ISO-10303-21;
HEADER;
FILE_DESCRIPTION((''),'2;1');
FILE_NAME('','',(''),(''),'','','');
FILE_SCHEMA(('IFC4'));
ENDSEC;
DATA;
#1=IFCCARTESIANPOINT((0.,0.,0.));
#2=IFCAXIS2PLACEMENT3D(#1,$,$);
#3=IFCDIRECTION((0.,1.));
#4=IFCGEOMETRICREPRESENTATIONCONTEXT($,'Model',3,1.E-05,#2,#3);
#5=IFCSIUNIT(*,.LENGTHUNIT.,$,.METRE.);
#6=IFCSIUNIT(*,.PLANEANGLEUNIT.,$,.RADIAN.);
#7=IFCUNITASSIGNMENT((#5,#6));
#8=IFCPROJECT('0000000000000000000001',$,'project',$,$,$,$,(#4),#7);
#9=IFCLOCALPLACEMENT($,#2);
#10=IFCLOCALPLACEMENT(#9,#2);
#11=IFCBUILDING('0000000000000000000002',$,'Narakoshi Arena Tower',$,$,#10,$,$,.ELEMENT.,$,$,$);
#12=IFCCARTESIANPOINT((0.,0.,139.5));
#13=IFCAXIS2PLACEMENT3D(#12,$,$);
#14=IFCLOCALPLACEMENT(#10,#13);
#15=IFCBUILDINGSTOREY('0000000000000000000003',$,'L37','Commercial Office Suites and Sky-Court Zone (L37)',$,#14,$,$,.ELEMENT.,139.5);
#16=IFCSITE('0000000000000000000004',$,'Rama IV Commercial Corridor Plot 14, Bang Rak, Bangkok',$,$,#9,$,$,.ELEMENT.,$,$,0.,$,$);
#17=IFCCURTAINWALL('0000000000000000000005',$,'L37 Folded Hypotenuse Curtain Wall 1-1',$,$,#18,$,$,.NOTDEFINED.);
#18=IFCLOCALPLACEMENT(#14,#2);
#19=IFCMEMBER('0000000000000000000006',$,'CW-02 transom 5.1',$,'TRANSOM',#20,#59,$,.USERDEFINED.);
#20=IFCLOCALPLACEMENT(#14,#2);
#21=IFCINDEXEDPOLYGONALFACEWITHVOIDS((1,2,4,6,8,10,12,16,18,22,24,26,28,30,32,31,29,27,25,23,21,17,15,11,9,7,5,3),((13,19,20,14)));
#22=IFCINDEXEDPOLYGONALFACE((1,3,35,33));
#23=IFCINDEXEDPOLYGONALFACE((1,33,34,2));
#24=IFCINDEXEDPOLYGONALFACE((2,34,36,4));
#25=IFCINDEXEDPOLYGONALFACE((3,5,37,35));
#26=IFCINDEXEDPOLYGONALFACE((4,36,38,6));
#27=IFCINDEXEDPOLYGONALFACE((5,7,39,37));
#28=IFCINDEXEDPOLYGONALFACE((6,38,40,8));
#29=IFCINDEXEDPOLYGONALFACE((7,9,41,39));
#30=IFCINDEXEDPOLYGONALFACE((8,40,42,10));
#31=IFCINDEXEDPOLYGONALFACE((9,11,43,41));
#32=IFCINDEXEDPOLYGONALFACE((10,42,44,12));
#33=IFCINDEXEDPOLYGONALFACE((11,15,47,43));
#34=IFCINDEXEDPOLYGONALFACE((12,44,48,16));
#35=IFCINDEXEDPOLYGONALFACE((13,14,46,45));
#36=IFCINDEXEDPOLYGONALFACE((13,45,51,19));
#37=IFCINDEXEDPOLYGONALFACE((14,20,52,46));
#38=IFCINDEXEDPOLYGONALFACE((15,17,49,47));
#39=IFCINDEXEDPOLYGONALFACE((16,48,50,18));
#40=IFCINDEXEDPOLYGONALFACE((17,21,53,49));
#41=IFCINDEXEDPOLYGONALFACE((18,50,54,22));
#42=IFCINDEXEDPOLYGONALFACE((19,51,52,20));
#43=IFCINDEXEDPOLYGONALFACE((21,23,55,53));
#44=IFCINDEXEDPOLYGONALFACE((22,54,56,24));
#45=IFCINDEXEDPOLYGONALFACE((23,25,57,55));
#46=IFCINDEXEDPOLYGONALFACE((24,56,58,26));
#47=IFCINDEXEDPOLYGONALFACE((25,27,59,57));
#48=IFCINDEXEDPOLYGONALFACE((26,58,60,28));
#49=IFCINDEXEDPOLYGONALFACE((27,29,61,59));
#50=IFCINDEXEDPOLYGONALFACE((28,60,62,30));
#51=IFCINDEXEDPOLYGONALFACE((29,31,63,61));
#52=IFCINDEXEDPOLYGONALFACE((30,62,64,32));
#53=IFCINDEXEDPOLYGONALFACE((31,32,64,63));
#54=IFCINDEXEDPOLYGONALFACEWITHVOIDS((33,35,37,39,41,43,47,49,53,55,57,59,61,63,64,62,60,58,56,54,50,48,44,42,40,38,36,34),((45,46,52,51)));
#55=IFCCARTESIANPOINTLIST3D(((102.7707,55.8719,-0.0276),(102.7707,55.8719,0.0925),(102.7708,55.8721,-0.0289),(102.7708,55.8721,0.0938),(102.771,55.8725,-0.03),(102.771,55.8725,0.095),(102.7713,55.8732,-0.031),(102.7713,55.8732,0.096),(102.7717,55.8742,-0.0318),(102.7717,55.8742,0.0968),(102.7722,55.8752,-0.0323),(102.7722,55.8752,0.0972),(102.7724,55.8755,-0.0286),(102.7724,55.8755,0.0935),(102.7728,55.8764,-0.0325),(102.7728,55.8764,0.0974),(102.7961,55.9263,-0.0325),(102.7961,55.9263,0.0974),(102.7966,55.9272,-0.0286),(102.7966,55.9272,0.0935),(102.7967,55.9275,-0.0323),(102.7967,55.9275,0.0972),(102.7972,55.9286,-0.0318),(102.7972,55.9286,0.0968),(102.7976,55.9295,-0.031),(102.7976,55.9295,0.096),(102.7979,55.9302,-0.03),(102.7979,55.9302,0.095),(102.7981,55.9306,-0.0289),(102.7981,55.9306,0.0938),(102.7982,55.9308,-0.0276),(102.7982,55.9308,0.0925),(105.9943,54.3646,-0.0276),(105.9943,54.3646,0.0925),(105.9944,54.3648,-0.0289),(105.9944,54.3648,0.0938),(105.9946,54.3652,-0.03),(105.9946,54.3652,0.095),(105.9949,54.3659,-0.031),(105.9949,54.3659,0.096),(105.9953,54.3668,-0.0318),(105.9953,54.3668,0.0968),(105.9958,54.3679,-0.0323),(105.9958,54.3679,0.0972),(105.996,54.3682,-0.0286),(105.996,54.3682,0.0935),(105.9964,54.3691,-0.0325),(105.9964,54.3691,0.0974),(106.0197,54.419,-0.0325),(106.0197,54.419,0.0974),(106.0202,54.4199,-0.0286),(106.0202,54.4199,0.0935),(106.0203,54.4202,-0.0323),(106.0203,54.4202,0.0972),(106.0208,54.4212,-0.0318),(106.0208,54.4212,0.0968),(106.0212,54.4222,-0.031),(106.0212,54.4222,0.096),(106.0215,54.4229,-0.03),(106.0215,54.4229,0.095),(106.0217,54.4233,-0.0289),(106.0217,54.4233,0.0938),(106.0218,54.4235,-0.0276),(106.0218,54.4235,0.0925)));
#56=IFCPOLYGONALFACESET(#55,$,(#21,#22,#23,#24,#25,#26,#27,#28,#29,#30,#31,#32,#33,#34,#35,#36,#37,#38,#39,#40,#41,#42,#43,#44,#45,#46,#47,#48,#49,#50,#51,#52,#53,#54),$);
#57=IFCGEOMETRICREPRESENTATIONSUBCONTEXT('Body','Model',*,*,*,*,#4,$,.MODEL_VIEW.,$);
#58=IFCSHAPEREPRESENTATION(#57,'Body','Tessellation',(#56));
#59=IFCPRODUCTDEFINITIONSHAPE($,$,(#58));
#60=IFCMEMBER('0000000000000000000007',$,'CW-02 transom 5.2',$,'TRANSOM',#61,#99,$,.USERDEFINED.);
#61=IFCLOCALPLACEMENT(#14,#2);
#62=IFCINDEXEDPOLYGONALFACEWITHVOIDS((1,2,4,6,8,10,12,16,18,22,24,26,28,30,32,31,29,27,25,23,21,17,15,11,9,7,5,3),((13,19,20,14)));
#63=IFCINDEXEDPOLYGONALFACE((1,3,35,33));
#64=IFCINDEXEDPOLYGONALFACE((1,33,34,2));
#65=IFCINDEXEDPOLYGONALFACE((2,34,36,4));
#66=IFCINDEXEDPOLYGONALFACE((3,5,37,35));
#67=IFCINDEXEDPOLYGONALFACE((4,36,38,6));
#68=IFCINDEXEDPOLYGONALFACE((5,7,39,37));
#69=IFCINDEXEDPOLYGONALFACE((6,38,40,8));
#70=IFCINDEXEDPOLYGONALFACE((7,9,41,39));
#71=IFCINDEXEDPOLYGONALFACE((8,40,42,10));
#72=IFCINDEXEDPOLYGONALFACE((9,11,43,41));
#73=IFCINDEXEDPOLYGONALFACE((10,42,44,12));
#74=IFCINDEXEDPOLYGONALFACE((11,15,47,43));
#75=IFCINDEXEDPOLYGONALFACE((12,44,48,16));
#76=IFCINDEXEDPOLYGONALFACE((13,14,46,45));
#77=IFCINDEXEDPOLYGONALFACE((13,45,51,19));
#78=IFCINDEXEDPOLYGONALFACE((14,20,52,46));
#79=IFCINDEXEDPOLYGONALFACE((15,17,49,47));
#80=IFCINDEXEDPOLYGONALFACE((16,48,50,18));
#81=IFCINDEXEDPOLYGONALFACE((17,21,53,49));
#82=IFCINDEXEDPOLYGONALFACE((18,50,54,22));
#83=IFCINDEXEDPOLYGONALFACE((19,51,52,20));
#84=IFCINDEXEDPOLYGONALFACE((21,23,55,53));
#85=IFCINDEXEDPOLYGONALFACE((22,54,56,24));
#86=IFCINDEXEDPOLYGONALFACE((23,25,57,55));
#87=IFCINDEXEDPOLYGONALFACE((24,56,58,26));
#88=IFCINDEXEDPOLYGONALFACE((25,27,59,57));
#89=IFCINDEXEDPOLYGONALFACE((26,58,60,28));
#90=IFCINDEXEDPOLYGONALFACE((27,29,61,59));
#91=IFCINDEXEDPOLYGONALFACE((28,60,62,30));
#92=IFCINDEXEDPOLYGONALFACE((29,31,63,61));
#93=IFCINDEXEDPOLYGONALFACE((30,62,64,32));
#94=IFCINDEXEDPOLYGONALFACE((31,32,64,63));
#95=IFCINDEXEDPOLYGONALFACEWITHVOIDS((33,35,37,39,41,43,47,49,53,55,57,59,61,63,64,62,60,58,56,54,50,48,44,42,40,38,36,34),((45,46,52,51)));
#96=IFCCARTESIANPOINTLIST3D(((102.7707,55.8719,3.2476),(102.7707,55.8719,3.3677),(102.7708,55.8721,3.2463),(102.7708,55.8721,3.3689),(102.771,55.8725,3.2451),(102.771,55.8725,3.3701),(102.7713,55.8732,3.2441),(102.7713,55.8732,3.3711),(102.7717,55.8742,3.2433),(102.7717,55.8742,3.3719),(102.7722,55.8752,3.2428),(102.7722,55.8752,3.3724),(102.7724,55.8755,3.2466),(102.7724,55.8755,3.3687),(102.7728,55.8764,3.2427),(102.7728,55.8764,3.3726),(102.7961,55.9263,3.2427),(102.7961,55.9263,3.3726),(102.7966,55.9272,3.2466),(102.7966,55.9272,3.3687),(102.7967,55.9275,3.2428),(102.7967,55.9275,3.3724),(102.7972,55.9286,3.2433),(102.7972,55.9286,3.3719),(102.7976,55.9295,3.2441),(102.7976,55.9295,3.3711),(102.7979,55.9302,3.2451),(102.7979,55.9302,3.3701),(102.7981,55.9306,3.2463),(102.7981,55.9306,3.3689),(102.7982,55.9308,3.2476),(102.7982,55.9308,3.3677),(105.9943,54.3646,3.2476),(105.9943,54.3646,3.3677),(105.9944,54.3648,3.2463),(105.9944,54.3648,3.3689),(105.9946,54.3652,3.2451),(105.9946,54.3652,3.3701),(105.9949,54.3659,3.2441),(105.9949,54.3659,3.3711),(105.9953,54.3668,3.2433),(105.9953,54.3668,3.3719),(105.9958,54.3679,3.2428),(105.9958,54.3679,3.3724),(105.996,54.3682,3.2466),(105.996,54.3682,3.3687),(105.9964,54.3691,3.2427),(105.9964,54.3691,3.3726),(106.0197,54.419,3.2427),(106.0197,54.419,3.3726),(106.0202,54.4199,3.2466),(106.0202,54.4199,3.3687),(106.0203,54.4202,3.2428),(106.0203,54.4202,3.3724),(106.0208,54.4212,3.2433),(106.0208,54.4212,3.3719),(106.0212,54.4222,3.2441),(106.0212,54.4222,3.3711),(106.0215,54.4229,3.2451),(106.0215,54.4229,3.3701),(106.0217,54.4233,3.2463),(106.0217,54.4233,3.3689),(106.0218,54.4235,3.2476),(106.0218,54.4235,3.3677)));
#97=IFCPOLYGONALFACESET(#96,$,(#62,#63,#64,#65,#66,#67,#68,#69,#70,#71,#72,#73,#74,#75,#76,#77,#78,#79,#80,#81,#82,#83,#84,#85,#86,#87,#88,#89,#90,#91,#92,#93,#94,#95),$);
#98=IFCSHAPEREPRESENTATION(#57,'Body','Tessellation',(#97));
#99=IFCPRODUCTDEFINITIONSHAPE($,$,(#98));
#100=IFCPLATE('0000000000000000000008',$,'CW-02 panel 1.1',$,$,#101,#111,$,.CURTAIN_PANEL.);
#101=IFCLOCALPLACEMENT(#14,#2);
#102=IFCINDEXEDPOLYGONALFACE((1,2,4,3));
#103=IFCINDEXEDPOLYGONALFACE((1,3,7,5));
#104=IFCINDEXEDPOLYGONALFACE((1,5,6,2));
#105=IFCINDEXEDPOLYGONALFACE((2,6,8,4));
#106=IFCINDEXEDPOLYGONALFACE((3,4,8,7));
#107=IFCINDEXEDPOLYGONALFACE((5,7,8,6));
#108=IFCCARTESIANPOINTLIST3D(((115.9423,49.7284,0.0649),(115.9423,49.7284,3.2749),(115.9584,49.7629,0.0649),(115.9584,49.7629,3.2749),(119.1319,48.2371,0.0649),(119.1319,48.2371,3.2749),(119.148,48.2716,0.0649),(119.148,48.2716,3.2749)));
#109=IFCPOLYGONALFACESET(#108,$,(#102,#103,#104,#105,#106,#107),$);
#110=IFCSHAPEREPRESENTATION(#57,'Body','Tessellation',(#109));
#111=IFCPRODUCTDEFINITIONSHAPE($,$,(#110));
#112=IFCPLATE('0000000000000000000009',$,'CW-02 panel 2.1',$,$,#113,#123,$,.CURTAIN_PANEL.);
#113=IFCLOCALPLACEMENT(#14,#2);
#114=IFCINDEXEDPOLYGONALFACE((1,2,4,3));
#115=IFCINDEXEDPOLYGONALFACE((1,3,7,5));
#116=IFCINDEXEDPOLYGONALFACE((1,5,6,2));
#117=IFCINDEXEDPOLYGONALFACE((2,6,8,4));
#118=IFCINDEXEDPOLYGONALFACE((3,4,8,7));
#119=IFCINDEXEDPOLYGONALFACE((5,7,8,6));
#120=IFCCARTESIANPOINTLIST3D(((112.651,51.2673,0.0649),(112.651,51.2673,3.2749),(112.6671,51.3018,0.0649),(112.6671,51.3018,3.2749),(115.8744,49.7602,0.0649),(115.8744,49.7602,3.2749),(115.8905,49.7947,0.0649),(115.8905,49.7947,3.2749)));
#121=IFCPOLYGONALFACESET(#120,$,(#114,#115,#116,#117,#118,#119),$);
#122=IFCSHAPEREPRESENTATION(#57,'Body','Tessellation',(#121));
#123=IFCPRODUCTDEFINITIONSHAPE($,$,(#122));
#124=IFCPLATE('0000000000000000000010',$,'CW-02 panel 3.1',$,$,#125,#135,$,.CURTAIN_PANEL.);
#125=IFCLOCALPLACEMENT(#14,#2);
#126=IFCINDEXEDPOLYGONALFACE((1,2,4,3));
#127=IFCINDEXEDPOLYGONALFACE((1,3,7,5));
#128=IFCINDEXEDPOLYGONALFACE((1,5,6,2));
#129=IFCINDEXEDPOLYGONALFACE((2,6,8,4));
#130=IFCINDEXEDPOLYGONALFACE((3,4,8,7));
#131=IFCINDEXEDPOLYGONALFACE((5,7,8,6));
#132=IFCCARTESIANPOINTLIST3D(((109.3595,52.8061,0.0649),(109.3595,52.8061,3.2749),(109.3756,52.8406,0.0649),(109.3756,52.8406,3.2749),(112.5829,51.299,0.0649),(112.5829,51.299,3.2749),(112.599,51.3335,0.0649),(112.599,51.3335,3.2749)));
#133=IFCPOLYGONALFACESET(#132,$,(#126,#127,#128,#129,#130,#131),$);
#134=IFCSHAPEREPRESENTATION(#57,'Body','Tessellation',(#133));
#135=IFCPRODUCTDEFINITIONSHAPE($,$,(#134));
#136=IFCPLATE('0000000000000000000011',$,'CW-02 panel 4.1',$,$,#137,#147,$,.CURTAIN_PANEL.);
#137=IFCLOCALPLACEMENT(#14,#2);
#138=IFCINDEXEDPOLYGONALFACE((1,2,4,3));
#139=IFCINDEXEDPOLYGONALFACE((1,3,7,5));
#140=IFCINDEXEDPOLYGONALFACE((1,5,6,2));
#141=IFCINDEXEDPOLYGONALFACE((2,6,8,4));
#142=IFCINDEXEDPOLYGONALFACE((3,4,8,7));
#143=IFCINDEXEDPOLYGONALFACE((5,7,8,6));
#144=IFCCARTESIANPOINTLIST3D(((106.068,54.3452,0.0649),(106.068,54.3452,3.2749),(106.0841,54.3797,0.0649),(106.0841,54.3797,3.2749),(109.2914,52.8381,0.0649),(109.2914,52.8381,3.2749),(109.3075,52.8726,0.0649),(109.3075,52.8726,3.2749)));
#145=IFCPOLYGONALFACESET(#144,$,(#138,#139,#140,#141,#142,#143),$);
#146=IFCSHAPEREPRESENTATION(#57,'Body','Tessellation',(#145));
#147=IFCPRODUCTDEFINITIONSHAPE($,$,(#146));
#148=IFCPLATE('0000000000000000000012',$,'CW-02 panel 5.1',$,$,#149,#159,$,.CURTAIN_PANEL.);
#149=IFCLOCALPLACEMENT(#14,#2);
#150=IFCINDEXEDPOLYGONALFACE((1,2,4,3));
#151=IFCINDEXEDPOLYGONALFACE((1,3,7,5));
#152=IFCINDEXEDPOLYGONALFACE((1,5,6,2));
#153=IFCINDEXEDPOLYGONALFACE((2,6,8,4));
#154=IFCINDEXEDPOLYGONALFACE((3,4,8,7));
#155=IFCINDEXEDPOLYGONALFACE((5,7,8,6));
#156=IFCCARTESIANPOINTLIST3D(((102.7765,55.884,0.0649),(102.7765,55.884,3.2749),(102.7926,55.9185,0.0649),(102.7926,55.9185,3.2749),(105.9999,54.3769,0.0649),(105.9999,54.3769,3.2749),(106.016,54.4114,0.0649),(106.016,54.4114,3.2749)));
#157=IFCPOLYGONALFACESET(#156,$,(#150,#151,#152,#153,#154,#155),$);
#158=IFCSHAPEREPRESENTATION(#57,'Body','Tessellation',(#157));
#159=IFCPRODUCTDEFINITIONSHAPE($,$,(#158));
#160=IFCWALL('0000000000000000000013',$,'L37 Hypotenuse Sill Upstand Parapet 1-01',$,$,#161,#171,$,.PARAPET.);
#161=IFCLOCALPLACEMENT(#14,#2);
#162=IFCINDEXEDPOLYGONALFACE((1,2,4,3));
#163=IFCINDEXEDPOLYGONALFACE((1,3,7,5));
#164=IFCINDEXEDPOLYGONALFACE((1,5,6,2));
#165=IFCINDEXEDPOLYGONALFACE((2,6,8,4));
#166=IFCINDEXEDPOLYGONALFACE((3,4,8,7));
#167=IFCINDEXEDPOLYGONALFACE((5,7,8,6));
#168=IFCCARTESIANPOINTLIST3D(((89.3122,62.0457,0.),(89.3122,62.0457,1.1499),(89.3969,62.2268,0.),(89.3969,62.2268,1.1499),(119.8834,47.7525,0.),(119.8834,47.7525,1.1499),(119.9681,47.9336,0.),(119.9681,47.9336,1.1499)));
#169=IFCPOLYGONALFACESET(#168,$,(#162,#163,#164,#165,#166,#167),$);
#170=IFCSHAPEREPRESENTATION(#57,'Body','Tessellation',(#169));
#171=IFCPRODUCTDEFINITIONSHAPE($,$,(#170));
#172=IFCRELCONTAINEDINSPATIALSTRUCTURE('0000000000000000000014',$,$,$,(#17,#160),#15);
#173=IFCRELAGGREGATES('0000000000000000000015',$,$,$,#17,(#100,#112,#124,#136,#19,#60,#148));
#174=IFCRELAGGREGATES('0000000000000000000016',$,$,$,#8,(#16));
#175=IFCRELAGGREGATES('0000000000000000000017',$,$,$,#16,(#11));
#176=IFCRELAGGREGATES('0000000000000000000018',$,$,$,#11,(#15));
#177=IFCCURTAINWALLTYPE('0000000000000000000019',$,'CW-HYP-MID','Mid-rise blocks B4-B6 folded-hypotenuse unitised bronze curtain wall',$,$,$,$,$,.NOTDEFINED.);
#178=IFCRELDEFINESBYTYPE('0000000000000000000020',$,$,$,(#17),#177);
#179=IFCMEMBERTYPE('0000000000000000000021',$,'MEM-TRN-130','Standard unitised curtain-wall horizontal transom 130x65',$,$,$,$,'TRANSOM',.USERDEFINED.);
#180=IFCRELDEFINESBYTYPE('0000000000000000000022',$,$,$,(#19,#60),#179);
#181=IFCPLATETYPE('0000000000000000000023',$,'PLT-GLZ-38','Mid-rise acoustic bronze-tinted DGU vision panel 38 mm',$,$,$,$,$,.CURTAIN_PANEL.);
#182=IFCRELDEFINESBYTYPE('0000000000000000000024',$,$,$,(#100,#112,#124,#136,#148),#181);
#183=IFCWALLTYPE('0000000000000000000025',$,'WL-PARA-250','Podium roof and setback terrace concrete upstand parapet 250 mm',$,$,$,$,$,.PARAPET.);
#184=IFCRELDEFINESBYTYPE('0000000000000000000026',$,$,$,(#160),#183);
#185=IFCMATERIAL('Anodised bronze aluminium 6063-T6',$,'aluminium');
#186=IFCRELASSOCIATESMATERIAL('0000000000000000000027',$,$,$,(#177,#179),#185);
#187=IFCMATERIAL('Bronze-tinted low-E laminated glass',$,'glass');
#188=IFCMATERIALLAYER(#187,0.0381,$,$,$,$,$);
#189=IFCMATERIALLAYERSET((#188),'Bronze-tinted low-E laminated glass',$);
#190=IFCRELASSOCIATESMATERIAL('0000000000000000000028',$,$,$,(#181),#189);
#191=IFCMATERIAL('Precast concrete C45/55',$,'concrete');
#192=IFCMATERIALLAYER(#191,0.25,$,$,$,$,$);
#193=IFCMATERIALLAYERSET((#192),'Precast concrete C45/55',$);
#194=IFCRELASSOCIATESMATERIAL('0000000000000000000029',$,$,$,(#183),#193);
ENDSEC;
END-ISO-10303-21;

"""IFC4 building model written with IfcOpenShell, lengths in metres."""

from ifc_helpers import new_model, si_unit, direction, frame, frame_2d, origin, origin_2d, place, context, subcontext, project, spatial, rectangle, hollow_rectangle, extrude, material, layer, layer_set, material_profile, profile_set, type_object, element, aggregate, save


model = new_model("IFC4")

# Units and contexts
model_context = context("Model", 3, precision=1e-05, world=origin(), true_north=direction((0.0, 1.0)))
body_context = subcontext(model_context, "Body", "Model", "MODEL_VIEW")
ifc_project = project(units=[si_unit("LENGTHUNIT", "METRE"), si_unit("PLANEANGLEUNIT", "RADIAN")], contexts=[model_context])

# Site, building, storey
site_placement = place(None, origin())
site = spatial("IfcSite", under=ifc_project, at=site_placement, Name="Rama IV Commercial Corridor Plot 14, Bang Rak, Bangkok", CompositionType="ELEMENT", RefElevation=0.0)
building_placement = place(site_placement, origin())
building = spatial("IfcBuilding", under=site, at=building_placement, Name="Narakoshi Arena Tower", CompositionType="ELEMENT")
storey_placement = place(building_placement, frame((0.0, 0.0, 139.5)))
storey = spatial("IfcBuildingStorey", under=building, at=storey_placement, Name="L37", Description="Commercial Office Suites and Sky-Court Zone (L37)", CompositionType="ELEMENT", Elevation=139.5)

# Curtain wall, members, plates
ifc_material_1 = material(Name="Anodised bronze aluminium 6063-T6", Category="aluminium")
curtain_wall_type = type_object("IfcCurtainWallType", Name="CW-HYP-MID", Description="Mid-rise blocks B4-B6 folded-hypotenuse unitised bronze curtain wall", PredefinedType="NOTDEFINED", material=ifc_material_1)
curtain_wall_placement = place(storey_placement, origin())
curtain_wall = element("IfcCurtainWall", 1, at=curtain_wall_placement, inside=storey, type_object=curtain_wall_type, Name="L37 Folded Hypotenuse Curtain Wall 1-1", PredefinedType="NOTDEFINED")
ifc_material_profile_1 = material_profile(ifc_material_1, hollow_rectangle(XDim=0.0649, YDim=0.1299, WallThickness=0.0039, OuterFilletRadius=0.0049, at=origin_2d()), Name="TRN130x65x4")
ifc_profile_set_1 = profile_set([ifc_material_profile_1], Name="Anodised bronze aluminium 6063-T6")
member_type_1 = type_object("IfcMemberType", Name="MEM-TRN-130", Description="Standard unitised curtain-wall horizontal transom 130x65", ElementType="TRANSOM", PredefinedType="USERDEFINED", material=ifc_profile_set_1)
member_1_placement = place(storey_placement, frame((106.0081, 54.394, 0.0325), z_axis=(-0.905864, 0.423569, 0.0), x_axis=(-0.423569, -0.905864, 0.0)))
member_1 = element("IfcMember", 2, at=member_1_placement, type_object=member_type_1, Name="CW-02 transom 5.1", ObjectType="TRANSOM", PredefinedType="USERDEFINED", context=body_context, shape_type="SweptSolid", body=[
    extrude(hollow_rectangle(XDim=0.0649, YDim=0.1299, WallThickness=0.0039, OuterFilletRadius=0.0049, at=origin_2d()), origin(), (0.0, 0.0, 1.0), 3.5586),
])
member_2_placement = place(storey_placement, frame((106.0081, 54.394, 3.3076), z_axis=(-0.905864, 0.423569, 0.0), x_axis=(-0.423569, -0.905864, 0.0)))
member_2 = element("IfcMember", 3, at=member_2_placement, type_object=member_type_1, Name="CW-02 transom 5.2", ObjectType="TRANSOM", PredefinedType="USERDEFINED", context=body_context, shape_type="SweptSolid", body=[
    extrude(hollow_rectangle(XDim=0.0649, YDim=0.1299, WallThickness=0.0039, OuterFilletRadius=0.0049, at=origin_2d()), origin(), (0.0, 0.0, 1.0), 3.5586),
])
ifc_material_2 = material(Name="Bronze-tinted low-E laminated glass", Category="glass")
ifc_layer_1 = layer(ifc_material_2, 0.0381)
ifc_layer_set_1 = layer_set([ifc_layer_1], Name="Bronze-tinted low-E laminated glass")
plate_type = type_object("IfcPlateType", Name="PLT-GLZ-38", Description="Mid-rise acoustic bronze-tinted DGU vision panel 38 mm", PredefinedType="CURTAIN_PANEL", material=ifc_layer_set_1)
plate_1_placement = place(storey_placement, frame((117.5452, 49.0, 0.0649), z_axis=(0.0, 0.0, 1.0), x_axis=(-0.905881, 0.423532, 0.0)))
plate_1 = element("IfcPlate", 4, at=plate_1_placement, type_object=plate_type, Name="CW-02 panel 1.1", PredefinedType="CURTAIN_PANEL", context=body_context, shape_type="SweptSolid", body=[
    extrude(rectangle(XDim=3.521, YDim=0.0381, at=origin_2d()), origin(), (0.0, 0.0, 1.0), 3.21),
])
plate_2_placement = place(storey_placement, frame((114.2708, 50.531, 0.0649), z_axis=(0.0, 0.0, 1.0), x_axis=(-0.905881, 0.423532, 0.0)))
plate_2 = element("IfcPlate", 5, at=plate_2_placement, type_object=plate_type, Name="CW-02 panel 2.1", PredefinedType="CURTAIN_PANEL", context=body_context, shape_type="SweptSolid", body=[
    extrude(rectangle(XDim=3.5583, YDim=0.0381, at=origin_2d()), origin(), (0.0, 0.0, 1.0), 3.21),
])
plate_3_placement = place(storey_placement, frame((110.9792, 52.0698, 0.0649), z_axis=(0.0, 0.0, 1.0), x_axis=(-0.905881, 0.423532, 0.0)))
plate_3 = element("IfcPlate", 6, at=plate_3_placement, type_object=plate_type, Name="CW-02 panel 3.1", PredefinedType="CURTAIN_PANEL", context=body_context, shape_type="SweptSolid", body=[
    extrude(rectangle(XDim=3.5583, YDim=0.0381, at=origin_2d()), origin(), (0.0, 0.0, 1.0), 3.21),
])
plate_4_placement = place(storey_placement, frame((107.6877, 53.6089, 0.0649), z_axis=(0.0, 0.0, 1.0), x_axis=(-0.905881, 0.423532, 0.0)))
plate_4 = element("IfcPlate", 7, at=plate_4_placement, type_object=plate_type, Name="CW-02 panel 4.1", PredefinedType="CURTAIN_PANEL", context=body_context, shape_type="SweptSolid", body=[
    extrude(rectangle(XDim=3.5583, YDim=0.0381, at=origin_2d()), origin(), (0.0, 0.0, 1.0), 3.21),
])
plate_5_placement = place(storey_placement, frame((104.3962, 55.1477, 0.0649), z_axis=(0.0, 0.0, 1.0), x_axis=(-0.905881, 0.423532, 0.0)))
plate_5 = element("IfcPlate", 8, at=plate_5_placement, type_object=plate_type, Name="CW-02 panel 5.1", PredefinedType="CURTAIN_PANEL", context=body_context, shape_type="SweptSolid", body=[
    extrude(rectangle(XDim=3.5583, YDim=0.0381, at=origin_2d()), origin(), (0.0, 0.0, 1.0), 3.21),
])
aggregate(curtain_wall, [plate_1, plate_2, plate_3, plate_4, member_1, member_2, plate_5])

# Wall
ifc_material_3 = material(Name="Precast concrete C45/55", Category="concrete")
ifc_layer_2 = layer(ifc_material_3, 0.25)
ifc_layer_set_2 = layer_set([ifc_layer_2], Name="Precast concrete C45/55")
wall_type_1 = type_object("IfcWallType", Name="WL-PARA-250", Description="Podium roof and setback terrace concrete upstand parapet 250 mm", PredefinedType="PARAPET", material=ifc_layer_set_2)
wall_1_placement = place(storey_placement, frame((119.9258, 47.843, 0.0), z_axis=(0.0, 0.0, 1.0), x_axis=(-0.905881, 0.423533, 0.0)))
element("IfcWall", 9, at=wall_1_placement, inside=storey, type_object=wall_type_1, Name="L37 Hypotenuse Sill Upstand Parapet 1-01", PredefinedType="PARAPET", context=body_context, shape_type="SweptSolid", body=[
    extrude(rectangle(XDim=33.7476, YDim=0.2, at=frame_2d((16.8738, 0.0))), origin(), (0.0, 0.0, 1.0), 1.1499),
])

save(model, "model.ifc")
